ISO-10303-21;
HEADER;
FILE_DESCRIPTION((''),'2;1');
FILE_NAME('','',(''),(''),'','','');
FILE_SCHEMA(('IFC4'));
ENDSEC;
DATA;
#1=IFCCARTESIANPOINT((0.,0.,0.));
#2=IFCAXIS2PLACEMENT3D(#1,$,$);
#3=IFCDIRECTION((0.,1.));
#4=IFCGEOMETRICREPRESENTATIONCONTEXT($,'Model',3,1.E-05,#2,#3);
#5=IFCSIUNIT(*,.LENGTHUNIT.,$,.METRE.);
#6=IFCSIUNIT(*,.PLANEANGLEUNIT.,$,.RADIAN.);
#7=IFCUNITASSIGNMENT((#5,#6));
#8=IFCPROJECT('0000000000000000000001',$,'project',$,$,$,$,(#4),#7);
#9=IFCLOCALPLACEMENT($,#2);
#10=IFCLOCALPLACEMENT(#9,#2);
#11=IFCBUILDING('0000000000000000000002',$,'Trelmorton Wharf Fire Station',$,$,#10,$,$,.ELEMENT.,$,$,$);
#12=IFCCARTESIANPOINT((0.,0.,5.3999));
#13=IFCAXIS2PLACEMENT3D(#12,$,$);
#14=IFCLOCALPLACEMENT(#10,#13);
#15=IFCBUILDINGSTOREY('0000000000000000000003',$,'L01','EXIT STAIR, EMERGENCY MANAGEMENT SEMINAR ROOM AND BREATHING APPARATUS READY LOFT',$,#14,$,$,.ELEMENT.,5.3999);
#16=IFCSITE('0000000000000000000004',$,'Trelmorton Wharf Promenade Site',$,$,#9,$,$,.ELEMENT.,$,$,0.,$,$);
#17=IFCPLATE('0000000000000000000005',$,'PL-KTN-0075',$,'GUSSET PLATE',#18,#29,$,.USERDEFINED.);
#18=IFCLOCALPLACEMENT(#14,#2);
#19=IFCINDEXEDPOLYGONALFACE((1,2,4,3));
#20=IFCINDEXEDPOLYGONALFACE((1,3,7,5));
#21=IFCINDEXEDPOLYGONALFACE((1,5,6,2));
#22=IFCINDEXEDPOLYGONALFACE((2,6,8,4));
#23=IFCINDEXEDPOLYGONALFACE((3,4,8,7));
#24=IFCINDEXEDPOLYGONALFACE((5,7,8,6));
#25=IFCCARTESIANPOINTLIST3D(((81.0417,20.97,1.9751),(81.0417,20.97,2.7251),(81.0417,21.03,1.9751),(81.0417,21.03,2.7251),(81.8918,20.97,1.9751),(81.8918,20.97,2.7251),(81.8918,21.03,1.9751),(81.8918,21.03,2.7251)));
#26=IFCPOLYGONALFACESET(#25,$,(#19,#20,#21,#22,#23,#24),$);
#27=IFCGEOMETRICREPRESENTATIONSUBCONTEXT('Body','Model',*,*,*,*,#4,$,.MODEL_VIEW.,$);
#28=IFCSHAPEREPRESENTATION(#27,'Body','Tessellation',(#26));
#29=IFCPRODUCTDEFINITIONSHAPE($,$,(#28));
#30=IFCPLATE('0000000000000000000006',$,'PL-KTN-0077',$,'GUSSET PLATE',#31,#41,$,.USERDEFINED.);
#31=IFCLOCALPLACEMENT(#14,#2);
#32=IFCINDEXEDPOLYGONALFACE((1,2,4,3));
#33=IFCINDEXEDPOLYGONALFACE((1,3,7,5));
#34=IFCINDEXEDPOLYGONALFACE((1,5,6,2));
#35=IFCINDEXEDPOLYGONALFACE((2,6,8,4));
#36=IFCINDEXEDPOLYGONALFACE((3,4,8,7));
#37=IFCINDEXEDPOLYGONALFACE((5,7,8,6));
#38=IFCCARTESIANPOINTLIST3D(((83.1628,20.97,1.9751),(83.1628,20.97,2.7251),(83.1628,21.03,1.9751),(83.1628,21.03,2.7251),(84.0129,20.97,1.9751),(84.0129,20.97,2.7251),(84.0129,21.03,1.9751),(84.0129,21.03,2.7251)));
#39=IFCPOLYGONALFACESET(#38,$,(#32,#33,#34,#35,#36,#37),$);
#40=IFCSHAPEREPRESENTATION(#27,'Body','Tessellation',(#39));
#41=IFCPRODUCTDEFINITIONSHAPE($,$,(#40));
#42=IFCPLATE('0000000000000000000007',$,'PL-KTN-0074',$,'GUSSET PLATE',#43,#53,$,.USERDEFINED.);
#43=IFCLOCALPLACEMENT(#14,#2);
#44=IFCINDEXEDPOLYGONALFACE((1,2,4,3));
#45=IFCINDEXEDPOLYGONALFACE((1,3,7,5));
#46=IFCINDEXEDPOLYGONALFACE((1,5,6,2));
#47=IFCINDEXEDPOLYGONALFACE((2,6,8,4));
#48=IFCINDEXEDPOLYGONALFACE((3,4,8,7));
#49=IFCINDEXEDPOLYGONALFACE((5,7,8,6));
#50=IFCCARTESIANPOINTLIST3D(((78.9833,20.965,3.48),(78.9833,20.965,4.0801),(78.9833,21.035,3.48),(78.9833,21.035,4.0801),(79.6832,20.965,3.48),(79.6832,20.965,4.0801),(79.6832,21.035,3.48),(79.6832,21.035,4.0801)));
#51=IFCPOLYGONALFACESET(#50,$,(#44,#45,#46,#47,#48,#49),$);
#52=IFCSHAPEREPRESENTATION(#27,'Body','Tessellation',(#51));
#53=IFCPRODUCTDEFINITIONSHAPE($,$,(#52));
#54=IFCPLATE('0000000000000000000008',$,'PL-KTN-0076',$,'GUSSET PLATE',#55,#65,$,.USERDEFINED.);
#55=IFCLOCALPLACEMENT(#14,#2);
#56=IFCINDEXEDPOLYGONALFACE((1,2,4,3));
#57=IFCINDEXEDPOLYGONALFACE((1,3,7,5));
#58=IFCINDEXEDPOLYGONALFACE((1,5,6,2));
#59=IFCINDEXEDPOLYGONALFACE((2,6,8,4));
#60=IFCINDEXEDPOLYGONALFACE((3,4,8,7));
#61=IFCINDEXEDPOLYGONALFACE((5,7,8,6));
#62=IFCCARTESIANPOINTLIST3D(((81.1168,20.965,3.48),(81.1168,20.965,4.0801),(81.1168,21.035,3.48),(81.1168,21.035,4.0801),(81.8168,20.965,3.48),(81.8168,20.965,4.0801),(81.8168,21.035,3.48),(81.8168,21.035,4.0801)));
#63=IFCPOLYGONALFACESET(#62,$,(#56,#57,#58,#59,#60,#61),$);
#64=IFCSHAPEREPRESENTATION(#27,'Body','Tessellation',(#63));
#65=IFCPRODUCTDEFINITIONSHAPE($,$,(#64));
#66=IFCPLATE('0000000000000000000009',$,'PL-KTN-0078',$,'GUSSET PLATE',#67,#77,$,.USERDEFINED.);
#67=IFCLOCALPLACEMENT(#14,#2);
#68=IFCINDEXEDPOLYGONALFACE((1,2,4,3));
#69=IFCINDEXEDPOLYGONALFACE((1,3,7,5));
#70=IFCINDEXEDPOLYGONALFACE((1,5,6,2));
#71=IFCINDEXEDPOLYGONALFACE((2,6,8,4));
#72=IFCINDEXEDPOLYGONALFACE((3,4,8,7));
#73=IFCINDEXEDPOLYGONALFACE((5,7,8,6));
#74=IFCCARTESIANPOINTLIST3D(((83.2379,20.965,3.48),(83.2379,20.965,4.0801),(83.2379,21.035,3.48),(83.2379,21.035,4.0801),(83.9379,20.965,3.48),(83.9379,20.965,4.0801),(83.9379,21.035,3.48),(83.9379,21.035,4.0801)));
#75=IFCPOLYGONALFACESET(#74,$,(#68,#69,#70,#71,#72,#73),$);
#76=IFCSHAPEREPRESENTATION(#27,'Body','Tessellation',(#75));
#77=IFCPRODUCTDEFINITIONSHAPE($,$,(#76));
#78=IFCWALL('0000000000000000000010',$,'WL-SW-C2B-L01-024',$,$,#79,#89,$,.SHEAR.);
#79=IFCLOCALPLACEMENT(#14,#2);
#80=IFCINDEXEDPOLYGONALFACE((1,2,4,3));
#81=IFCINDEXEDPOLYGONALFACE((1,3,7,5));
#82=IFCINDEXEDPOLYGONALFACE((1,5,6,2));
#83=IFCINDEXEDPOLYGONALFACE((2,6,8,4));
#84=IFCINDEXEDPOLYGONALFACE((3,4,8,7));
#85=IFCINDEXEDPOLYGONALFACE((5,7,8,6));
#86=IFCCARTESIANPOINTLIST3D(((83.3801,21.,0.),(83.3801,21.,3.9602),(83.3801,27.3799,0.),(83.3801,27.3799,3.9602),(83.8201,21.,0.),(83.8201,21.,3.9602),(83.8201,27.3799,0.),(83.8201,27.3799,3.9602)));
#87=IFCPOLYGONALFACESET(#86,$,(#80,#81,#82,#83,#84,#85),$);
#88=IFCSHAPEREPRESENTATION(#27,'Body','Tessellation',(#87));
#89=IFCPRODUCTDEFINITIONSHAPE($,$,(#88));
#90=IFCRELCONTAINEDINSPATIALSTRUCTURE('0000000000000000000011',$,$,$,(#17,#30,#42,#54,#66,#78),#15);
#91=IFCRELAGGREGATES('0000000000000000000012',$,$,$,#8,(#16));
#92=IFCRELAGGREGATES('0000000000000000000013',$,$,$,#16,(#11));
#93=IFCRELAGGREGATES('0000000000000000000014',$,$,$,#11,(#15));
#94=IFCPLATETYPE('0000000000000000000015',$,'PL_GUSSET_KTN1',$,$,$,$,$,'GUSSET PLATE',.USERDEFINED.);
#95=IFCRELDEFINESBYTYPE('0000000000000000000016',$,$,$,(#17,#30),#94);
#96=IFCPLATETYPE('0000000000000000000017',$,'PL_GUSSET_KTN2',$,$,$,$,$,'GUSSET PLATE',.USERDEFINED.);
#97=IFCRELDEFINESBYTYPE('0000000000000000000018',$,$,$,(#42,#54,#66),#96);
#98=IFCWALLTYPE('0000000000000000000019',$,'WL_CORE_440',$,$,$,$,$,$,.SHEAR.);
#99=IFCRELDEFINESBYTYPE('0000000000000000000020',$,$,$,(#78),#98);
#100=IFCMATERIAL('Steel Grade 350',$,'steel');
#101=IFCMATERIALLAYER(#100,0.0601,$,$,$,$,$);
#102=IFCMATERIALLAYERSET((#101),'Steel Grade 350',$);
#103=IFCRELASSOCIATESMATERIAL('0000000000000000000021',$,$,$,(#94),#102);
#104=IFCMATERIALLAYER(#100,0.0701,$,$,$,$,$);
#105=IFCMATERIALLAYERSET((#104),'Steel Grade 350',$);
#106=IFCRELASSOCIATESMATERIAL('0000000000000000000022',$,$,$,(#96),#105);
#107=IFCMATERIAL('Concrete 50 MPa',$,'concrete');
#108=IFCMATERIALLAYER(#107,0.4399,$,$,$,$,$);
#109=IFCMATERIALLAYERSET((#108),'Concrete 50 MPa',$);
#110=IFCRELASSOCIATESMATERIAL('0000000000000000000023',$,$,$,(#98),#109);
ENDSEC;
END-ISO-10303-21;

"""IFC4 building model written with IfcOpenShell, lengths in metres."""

from ifc_helpers import new_model, si_unit, direction, frame, frame_2d, origin, origin_2d, place, context, subcontext, project, spatial, rectangle, extrude, material, layer, layer_set, type_object, element, save


model = new_model("IFC4")

# Units and contexts
model_context = context("Model", 3, precision=1e-05, world=origin(), true_north=direction((0.0, 1.0)))
body_context = subcontext(model_context, "Body", "Model", "MODEL_VIEW")
ifc_project = project(units=[si_unit("LENGTHUNIT", "METRE"), si_unit("PLANEANGLEUNIT", "RADIAN")], contexts=[model_context])

# Site, building, storey
site_placement = place(None, origin())
site = spatial("IfcSite", under=ifc_project, at=site_placement, Name="Trelmorton Wharf Promenade Site", CompositionType="ELEMENT", RefElevation=0.0)
building_placement = place(site_placement, origin())
building = spatial("IfcBuilding", under=site, at=building_placement, Name="Trelmorton Wharf Fire Station", CompositionType="ELEMENT")
storey_placement = place(building_placement, frame((0.0, 0.0, 5.3999)))
storey = spatial("IfcBuildingStorey", under=building, at=storey_placement, Name="L01", Description="EXIT STAIR, EMERGENCY MANAGEMENT SEMINAR ROOM AND BREATHING APPARATUS READY LOFT", CompositionType="ELEMENT", Elevation=5.3999)

# Shared definitions
ifc_material_1 = material(Name="Steel Grade 350", Category="steel")

# Plates
ifc_layer_1 = layer(ifc_material_1, 0.0601)
ifc_layer_set_1 = layer_set([ifc_layer_1], Name="Steel Grade 350")
plate_type_1 = type_object("IfcPlateType", Name="PL_GUSSET_KTN1", ElementType="GUSSET PLATE", PredefinedType="USERDEFINED", material=ifc_layer_set_1)
for number, where, z_axis, x_axis, name in (
    (1, (81.4668, 21.0, 1.9751), (0.0, 0.0, 1.0), (1.0, 0.0, 0.0), "PL-KTN-0075"),
    (2, (83.5879, 21.0, 1.9751), (0.0, 0.0, 1.0), (1.0, 0.0, 0.0), "PL-KTN-0077"),
):
    element("IfcPlate", number, at=place(storey_placement, frame(where, z_axis=z_axis, x_axis=x_axis)), inside=storey, type_object=plate_type_1, Name=name, ObjectType="GUSSET PLATE", PredefinedType="USERDEFINED", context=body_context, shape_type="SweptSolid", body=[
        extrude(rectangle(XDim=0.8501, YDim=0.0601, at=origin_2d()), origin(), (0.0, 0.0, 1.0), 0.75),
    ])
ifc_layer_2 = layer(ifc_material_1, 0.0701)
ifc_layer_set_2 = layer_set([ifc_layer_2], Name="Steel Grade 350")
plate_type_2 = type_object("IfcPlateType", Name="PL_GUSSET_KTN2", ElementType="GUSSET PLATE", PredefinedType="USERDEFINED", material=ifc_layer_set_2)
for number, where, z_axis, x_axis, name in (
    (3, (79.3333, 21.0, 3.48), (0.0, 0.0, 1.0), (1.0, 0.0, 0.0), "PL-KTN-0074"),
    (4, (81.4668, 21.0, 3.48), (0.0, 0.0, 1.0), (1.0, 0.0, 0.0), "PL-KTN-0076"),
    (5, (83.5879, 21.0, 3.48), (0.0, 0.0, 1.0), (1.0, 0.0, 0.0), "PL-KTN-0078"),
):
    element("IfcPlate", number, at=place(storey_placement, frame(where, z_axis=z_axis, x_axis=x_axis)), inside=storey, type_object=plate_type_2, Name=name, ObjectType="GUSSET PLATE", PredefinedType="USERDEFINED", context=body_context, shape_type="SweptSolid", body=[
        extrude(rectangle(XDim=0.7, YDim=0.0701, at=origin_2d()), origin(), (0.0, 0.0, 1.0), 0.6001),
    ])

# Wall
ifc_material_2 = material(Name="Concrete 50 MPa", Category="concrete")
ifc_layer_3 = layer(ifc_material_2, 0.4399)
ifc_layer_set_3 = layer_set([ifc_layer_3], Name="Concrete 50 MPa")
wall_type = type_object("IfcWallType", Name="WL_CORE_440", PredefinedType="SHEAR", material=ifc_layer_set_3)
wall_placement = place(storey_placement, frame((83.6001, 21.0, 0.0), z_axis=(0.0, 0.0, 1.0), x_axis=(0.0, 1.0, 0.0)))
element("IfcWall", 6, at=wall_placement, inside=storey, type_object=wall_type, Name="WL-SW-C2B-L01-024", PredefinedType="SHEAR", context=body_context, shape_type="SweptSolid", body=[
    extrude(rectangle(XDim=6.3799, YDim=0.4399, at=frame_2d((3.1899, 0.0))), origin(), (0.0, 0.0, 1.0), 3.9602),
])

save(model, "model.ifc")
